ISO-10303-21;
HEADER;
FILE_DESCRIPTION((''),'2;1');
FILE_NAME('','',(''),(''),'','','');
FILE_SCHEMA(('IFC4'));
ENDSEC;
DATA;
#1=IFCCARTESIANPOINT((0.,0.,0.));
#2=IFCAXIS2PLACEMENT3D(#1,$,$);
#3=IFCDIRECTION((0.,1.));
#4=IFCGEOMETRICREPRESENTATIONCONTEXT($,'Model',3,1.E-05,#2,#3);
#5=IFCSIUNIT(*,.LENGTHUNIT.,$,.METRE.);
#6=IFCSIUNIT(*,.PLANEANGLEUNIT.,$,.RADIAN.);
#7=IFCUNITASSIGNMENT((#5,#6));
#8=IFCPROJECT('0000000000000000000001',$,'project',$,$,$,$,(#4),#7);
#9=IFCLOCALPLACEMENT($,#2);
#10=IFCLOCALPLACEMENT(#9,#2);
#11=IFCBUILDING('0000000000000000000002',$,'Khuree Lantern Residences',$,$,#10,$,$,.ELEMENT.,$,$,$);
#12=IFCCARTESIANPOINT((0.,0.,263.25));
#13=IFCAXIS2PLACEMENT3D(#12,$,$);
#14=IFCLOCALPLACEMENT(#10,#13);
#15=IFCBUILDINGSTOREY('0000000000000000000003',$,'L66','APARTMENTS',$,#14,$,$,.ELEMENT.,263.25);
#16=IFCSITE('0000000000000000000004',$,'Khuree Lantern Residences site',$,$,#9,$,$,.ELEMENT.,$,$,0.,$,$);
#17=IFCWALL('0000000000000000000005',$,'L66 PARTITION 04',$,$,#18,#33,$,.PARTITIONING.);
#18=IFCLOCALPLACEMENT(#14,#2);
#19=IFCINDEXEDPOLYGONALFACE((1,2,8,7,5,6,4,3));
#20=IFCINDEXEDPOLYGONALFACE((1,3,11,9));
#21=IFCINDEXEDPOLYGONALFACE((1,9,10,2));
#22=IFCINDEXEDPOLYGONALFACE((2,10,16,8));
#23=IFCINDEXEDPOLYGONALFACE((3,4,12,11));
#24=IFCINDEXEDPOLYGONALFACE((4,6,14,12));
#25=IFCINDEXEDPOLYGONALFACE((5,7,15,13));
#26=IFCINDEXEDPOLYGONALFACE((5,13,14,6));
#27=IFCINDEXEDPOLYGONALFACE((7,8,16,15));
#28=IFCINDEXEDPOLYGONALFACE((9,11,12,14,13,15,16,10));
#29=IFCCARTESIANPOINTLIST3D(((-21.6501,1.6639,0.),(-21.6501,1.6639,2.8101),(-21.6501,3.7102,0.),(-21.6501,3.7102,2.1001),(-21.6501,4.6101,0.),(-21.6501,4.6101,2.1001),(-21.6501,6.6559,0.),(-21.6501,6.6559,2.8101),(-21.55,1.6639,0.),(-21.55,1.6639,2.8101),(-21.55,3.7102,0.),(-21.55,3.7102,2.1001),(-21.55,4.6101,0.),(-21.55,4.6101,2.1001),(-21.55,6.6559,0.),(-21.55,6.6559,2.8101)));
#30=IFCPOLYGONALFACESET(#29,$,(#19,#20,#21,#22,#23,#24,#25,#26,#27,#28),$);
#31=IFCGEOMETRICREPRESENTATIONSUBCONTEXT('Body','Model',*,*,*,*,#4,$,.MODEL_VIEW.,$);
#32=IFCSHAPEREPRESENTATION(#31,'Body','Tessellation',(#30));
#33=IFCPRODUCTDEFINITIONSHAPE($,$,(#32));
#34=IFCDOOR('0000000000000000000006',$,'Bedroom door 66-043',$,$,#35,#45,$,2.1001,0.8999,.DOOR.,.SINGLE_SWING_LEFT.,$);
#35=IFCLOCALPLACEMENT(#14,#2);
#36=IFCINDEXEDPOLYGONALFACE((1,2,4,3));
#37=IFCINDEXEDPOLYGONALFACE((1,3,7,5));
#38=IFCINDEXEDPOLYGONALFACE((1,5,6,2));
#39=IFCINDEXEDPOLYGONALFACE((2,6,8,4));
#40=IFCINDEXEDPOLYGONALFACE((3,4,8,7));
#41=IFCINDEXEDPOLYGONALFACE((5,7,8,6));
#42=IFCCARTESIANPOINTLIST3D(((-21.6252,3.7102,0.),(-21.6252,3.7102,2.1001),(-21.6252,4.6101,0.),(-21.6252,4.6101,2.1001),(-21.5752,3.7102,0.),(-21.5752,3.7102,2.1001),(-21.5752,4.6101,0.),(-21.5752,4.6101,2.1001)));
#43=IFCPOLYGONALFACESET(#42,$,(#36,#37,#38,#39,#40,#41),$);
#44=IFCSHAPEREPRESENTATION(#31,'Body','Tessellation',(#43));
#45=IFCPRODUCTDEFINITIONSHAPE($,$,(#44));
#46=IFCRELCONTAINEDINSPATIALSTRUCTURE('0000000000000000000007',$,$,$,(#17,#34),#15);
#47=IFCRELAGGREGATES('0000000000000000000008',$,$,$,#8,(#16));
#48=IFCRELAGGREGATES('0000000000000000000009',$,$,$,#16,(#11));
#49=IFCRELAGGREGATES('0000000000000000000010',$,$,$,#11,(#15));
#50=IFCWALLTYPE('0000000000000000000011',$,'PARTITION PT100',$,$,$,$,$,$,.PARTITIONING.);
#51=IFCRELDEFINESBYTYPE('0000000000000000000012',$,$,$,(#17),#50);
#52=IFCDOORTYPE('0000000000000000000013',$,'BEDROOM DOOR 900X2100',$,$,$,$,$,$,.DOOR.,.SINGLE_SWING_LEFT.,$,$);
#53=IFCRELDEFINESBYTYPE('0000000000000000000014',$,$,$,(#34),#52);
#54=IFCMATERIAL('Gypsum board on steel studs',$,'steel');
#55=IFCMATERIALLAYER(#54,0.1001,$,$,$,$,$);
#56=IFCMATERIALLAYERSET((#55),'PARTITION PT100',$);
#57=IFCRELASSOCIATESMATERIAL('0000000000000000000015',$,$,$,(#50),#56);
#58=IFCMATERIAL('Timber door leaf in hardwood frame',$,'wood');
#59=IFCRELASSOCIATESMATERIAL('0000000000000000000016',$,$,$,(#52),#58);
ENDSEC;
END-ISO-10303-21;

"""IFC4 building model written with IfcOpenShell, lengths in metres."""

from ifc_helpers import new_model, si_unit, direction, frame, frame_2d, origin, place, context, subcontext, project, spatial, rectangle, extrude, material, layer, layer_set, type_object, element, fill, save


model = new_model("IFC4")

# Units and contexts
model_context = context("Model", 3, precision=1e-05, world=origin(), true_north=direction((0.0, 1.0)))
body_context = subcontext(model_context, "Body", "Model", "MODEL_VIEW")
ifc_project = project(units=[si_unit("LENGTHUNIT", "METRE"), si_unit("PLANEANGLEUNIT", "RADIAN")], contexts=[model_context])

# Site, building, storey
site_placement = place(None, origin())
site = spatial("IfcSite", under=ifc_project, at=site_placement, Name="Khuree Lantern Residences site", CompositionType="ELEMENT", RefElevation=0.0)
building_placement = place(site_placement, origin())
building = spatial("IfcBuilding", under=site, at=building_placement, Name="Khuree Lantern Residences", CompositionType="ELEMENT")
storey_placement = place(building_placement, frame((0.0, 0.0, 263.25)))
storey = spatial("IfcBuildingStorey", under=building, at=storey_placement, Name="L66", Description="APARTMENTS", CompositionType="ELEMENT", Elevation=263.25)

# Shared definitions
ifc_material_1 = material(Name="Gypsum board on steel studs", Category="steel")
ifc_layer_1 = layer(ifc_material_1, 0.1001)
ifc_layer_set_1 = layer_set([ifc_layer_1], Name="PARTITION PT100")
wall_type = type_object("IfcWallType", Name="PARTITION PT100", PredefinedType="PARTITIONING", material=ifc_layer_set_1)

# Wall, opening, door
ifc_material_2 = material(Name="Timber door leaf in hardwood frame", Category="wood")
door_type = type_object("IfcDoorType", Name="BEDROOM DOOR 900X2100", OperationType="SINGLE_SWING_LEFT", PredefinedType="DOOR", material=ifc_material_2)
wall_1_placement = place(storey_placement, frame((-21.6001, 6.656, 0.0), z_axis=(0.0, 0.0, 1.0), x_axis=(0.0, -1.0, 0.0)))
wall_1 = element("IfcWall", 1, at=wall_1_placement, inside=storey, type_object=wall_type, Name="L66 PARTITION 04", PredefinedType="PARTITIONING", context=body_context, shape_type="SweptSolid", body=[
    extrude(rectangle(XDim=4.9919, YDim=0.1001, at=frame_2d((2.4961, 0.0))), origin(), (0.0, 0.0, 1.0), 2.8101),
])
opening_1_placement = place(wall_1_placement, frame((2.0459, 0.0, 0.0)))
opening_1 = element("IfcOpeningElement", 2, at=opening_1_placement, cuts=wall_1, PredefinedType="OPENING", context=body_context, shape_type="SweptSolid", body=[
    extrude(rectangle(XDim=0.8999, YDim=2.1001, at=frame_2d((0.45, 1.05))), frame((0.0, 0.0601, 0.0), z_axis=(0.0, -1.0, 0.0), x_axis=(1.0, 0.0, 0.0)), (0.0, 0.0, 1.0), 0.1201),
])
door_1_placement = place(opening_1_placement, origin())
door_1 = element("IfcDoor", 3, at=door_1_placement, inside=storey, type_object=door_type, Name="Bedroom door 66-043", OperationType="SINGLE_SWING_LEFT", OverallHeight=2.1001, OverallWidth=0.8999, PredefinedType="DOOR", context=body_context, shape_type="SweptSolid", body=[
    extrude(rectangle(XDim=0.8999, YDim=2.1001, at=frame_2d((0.45, 1.05))), frame((0.0, 0.0249, 0.0), z_axis=(0.0, -1.0, 0.0), x_axis=(1.0, 0.0, 0.0)), (0.0, 0.0, 1.0), 0.05),
])
fill(opening_1, door_1)

save(model, "model.ifc")
